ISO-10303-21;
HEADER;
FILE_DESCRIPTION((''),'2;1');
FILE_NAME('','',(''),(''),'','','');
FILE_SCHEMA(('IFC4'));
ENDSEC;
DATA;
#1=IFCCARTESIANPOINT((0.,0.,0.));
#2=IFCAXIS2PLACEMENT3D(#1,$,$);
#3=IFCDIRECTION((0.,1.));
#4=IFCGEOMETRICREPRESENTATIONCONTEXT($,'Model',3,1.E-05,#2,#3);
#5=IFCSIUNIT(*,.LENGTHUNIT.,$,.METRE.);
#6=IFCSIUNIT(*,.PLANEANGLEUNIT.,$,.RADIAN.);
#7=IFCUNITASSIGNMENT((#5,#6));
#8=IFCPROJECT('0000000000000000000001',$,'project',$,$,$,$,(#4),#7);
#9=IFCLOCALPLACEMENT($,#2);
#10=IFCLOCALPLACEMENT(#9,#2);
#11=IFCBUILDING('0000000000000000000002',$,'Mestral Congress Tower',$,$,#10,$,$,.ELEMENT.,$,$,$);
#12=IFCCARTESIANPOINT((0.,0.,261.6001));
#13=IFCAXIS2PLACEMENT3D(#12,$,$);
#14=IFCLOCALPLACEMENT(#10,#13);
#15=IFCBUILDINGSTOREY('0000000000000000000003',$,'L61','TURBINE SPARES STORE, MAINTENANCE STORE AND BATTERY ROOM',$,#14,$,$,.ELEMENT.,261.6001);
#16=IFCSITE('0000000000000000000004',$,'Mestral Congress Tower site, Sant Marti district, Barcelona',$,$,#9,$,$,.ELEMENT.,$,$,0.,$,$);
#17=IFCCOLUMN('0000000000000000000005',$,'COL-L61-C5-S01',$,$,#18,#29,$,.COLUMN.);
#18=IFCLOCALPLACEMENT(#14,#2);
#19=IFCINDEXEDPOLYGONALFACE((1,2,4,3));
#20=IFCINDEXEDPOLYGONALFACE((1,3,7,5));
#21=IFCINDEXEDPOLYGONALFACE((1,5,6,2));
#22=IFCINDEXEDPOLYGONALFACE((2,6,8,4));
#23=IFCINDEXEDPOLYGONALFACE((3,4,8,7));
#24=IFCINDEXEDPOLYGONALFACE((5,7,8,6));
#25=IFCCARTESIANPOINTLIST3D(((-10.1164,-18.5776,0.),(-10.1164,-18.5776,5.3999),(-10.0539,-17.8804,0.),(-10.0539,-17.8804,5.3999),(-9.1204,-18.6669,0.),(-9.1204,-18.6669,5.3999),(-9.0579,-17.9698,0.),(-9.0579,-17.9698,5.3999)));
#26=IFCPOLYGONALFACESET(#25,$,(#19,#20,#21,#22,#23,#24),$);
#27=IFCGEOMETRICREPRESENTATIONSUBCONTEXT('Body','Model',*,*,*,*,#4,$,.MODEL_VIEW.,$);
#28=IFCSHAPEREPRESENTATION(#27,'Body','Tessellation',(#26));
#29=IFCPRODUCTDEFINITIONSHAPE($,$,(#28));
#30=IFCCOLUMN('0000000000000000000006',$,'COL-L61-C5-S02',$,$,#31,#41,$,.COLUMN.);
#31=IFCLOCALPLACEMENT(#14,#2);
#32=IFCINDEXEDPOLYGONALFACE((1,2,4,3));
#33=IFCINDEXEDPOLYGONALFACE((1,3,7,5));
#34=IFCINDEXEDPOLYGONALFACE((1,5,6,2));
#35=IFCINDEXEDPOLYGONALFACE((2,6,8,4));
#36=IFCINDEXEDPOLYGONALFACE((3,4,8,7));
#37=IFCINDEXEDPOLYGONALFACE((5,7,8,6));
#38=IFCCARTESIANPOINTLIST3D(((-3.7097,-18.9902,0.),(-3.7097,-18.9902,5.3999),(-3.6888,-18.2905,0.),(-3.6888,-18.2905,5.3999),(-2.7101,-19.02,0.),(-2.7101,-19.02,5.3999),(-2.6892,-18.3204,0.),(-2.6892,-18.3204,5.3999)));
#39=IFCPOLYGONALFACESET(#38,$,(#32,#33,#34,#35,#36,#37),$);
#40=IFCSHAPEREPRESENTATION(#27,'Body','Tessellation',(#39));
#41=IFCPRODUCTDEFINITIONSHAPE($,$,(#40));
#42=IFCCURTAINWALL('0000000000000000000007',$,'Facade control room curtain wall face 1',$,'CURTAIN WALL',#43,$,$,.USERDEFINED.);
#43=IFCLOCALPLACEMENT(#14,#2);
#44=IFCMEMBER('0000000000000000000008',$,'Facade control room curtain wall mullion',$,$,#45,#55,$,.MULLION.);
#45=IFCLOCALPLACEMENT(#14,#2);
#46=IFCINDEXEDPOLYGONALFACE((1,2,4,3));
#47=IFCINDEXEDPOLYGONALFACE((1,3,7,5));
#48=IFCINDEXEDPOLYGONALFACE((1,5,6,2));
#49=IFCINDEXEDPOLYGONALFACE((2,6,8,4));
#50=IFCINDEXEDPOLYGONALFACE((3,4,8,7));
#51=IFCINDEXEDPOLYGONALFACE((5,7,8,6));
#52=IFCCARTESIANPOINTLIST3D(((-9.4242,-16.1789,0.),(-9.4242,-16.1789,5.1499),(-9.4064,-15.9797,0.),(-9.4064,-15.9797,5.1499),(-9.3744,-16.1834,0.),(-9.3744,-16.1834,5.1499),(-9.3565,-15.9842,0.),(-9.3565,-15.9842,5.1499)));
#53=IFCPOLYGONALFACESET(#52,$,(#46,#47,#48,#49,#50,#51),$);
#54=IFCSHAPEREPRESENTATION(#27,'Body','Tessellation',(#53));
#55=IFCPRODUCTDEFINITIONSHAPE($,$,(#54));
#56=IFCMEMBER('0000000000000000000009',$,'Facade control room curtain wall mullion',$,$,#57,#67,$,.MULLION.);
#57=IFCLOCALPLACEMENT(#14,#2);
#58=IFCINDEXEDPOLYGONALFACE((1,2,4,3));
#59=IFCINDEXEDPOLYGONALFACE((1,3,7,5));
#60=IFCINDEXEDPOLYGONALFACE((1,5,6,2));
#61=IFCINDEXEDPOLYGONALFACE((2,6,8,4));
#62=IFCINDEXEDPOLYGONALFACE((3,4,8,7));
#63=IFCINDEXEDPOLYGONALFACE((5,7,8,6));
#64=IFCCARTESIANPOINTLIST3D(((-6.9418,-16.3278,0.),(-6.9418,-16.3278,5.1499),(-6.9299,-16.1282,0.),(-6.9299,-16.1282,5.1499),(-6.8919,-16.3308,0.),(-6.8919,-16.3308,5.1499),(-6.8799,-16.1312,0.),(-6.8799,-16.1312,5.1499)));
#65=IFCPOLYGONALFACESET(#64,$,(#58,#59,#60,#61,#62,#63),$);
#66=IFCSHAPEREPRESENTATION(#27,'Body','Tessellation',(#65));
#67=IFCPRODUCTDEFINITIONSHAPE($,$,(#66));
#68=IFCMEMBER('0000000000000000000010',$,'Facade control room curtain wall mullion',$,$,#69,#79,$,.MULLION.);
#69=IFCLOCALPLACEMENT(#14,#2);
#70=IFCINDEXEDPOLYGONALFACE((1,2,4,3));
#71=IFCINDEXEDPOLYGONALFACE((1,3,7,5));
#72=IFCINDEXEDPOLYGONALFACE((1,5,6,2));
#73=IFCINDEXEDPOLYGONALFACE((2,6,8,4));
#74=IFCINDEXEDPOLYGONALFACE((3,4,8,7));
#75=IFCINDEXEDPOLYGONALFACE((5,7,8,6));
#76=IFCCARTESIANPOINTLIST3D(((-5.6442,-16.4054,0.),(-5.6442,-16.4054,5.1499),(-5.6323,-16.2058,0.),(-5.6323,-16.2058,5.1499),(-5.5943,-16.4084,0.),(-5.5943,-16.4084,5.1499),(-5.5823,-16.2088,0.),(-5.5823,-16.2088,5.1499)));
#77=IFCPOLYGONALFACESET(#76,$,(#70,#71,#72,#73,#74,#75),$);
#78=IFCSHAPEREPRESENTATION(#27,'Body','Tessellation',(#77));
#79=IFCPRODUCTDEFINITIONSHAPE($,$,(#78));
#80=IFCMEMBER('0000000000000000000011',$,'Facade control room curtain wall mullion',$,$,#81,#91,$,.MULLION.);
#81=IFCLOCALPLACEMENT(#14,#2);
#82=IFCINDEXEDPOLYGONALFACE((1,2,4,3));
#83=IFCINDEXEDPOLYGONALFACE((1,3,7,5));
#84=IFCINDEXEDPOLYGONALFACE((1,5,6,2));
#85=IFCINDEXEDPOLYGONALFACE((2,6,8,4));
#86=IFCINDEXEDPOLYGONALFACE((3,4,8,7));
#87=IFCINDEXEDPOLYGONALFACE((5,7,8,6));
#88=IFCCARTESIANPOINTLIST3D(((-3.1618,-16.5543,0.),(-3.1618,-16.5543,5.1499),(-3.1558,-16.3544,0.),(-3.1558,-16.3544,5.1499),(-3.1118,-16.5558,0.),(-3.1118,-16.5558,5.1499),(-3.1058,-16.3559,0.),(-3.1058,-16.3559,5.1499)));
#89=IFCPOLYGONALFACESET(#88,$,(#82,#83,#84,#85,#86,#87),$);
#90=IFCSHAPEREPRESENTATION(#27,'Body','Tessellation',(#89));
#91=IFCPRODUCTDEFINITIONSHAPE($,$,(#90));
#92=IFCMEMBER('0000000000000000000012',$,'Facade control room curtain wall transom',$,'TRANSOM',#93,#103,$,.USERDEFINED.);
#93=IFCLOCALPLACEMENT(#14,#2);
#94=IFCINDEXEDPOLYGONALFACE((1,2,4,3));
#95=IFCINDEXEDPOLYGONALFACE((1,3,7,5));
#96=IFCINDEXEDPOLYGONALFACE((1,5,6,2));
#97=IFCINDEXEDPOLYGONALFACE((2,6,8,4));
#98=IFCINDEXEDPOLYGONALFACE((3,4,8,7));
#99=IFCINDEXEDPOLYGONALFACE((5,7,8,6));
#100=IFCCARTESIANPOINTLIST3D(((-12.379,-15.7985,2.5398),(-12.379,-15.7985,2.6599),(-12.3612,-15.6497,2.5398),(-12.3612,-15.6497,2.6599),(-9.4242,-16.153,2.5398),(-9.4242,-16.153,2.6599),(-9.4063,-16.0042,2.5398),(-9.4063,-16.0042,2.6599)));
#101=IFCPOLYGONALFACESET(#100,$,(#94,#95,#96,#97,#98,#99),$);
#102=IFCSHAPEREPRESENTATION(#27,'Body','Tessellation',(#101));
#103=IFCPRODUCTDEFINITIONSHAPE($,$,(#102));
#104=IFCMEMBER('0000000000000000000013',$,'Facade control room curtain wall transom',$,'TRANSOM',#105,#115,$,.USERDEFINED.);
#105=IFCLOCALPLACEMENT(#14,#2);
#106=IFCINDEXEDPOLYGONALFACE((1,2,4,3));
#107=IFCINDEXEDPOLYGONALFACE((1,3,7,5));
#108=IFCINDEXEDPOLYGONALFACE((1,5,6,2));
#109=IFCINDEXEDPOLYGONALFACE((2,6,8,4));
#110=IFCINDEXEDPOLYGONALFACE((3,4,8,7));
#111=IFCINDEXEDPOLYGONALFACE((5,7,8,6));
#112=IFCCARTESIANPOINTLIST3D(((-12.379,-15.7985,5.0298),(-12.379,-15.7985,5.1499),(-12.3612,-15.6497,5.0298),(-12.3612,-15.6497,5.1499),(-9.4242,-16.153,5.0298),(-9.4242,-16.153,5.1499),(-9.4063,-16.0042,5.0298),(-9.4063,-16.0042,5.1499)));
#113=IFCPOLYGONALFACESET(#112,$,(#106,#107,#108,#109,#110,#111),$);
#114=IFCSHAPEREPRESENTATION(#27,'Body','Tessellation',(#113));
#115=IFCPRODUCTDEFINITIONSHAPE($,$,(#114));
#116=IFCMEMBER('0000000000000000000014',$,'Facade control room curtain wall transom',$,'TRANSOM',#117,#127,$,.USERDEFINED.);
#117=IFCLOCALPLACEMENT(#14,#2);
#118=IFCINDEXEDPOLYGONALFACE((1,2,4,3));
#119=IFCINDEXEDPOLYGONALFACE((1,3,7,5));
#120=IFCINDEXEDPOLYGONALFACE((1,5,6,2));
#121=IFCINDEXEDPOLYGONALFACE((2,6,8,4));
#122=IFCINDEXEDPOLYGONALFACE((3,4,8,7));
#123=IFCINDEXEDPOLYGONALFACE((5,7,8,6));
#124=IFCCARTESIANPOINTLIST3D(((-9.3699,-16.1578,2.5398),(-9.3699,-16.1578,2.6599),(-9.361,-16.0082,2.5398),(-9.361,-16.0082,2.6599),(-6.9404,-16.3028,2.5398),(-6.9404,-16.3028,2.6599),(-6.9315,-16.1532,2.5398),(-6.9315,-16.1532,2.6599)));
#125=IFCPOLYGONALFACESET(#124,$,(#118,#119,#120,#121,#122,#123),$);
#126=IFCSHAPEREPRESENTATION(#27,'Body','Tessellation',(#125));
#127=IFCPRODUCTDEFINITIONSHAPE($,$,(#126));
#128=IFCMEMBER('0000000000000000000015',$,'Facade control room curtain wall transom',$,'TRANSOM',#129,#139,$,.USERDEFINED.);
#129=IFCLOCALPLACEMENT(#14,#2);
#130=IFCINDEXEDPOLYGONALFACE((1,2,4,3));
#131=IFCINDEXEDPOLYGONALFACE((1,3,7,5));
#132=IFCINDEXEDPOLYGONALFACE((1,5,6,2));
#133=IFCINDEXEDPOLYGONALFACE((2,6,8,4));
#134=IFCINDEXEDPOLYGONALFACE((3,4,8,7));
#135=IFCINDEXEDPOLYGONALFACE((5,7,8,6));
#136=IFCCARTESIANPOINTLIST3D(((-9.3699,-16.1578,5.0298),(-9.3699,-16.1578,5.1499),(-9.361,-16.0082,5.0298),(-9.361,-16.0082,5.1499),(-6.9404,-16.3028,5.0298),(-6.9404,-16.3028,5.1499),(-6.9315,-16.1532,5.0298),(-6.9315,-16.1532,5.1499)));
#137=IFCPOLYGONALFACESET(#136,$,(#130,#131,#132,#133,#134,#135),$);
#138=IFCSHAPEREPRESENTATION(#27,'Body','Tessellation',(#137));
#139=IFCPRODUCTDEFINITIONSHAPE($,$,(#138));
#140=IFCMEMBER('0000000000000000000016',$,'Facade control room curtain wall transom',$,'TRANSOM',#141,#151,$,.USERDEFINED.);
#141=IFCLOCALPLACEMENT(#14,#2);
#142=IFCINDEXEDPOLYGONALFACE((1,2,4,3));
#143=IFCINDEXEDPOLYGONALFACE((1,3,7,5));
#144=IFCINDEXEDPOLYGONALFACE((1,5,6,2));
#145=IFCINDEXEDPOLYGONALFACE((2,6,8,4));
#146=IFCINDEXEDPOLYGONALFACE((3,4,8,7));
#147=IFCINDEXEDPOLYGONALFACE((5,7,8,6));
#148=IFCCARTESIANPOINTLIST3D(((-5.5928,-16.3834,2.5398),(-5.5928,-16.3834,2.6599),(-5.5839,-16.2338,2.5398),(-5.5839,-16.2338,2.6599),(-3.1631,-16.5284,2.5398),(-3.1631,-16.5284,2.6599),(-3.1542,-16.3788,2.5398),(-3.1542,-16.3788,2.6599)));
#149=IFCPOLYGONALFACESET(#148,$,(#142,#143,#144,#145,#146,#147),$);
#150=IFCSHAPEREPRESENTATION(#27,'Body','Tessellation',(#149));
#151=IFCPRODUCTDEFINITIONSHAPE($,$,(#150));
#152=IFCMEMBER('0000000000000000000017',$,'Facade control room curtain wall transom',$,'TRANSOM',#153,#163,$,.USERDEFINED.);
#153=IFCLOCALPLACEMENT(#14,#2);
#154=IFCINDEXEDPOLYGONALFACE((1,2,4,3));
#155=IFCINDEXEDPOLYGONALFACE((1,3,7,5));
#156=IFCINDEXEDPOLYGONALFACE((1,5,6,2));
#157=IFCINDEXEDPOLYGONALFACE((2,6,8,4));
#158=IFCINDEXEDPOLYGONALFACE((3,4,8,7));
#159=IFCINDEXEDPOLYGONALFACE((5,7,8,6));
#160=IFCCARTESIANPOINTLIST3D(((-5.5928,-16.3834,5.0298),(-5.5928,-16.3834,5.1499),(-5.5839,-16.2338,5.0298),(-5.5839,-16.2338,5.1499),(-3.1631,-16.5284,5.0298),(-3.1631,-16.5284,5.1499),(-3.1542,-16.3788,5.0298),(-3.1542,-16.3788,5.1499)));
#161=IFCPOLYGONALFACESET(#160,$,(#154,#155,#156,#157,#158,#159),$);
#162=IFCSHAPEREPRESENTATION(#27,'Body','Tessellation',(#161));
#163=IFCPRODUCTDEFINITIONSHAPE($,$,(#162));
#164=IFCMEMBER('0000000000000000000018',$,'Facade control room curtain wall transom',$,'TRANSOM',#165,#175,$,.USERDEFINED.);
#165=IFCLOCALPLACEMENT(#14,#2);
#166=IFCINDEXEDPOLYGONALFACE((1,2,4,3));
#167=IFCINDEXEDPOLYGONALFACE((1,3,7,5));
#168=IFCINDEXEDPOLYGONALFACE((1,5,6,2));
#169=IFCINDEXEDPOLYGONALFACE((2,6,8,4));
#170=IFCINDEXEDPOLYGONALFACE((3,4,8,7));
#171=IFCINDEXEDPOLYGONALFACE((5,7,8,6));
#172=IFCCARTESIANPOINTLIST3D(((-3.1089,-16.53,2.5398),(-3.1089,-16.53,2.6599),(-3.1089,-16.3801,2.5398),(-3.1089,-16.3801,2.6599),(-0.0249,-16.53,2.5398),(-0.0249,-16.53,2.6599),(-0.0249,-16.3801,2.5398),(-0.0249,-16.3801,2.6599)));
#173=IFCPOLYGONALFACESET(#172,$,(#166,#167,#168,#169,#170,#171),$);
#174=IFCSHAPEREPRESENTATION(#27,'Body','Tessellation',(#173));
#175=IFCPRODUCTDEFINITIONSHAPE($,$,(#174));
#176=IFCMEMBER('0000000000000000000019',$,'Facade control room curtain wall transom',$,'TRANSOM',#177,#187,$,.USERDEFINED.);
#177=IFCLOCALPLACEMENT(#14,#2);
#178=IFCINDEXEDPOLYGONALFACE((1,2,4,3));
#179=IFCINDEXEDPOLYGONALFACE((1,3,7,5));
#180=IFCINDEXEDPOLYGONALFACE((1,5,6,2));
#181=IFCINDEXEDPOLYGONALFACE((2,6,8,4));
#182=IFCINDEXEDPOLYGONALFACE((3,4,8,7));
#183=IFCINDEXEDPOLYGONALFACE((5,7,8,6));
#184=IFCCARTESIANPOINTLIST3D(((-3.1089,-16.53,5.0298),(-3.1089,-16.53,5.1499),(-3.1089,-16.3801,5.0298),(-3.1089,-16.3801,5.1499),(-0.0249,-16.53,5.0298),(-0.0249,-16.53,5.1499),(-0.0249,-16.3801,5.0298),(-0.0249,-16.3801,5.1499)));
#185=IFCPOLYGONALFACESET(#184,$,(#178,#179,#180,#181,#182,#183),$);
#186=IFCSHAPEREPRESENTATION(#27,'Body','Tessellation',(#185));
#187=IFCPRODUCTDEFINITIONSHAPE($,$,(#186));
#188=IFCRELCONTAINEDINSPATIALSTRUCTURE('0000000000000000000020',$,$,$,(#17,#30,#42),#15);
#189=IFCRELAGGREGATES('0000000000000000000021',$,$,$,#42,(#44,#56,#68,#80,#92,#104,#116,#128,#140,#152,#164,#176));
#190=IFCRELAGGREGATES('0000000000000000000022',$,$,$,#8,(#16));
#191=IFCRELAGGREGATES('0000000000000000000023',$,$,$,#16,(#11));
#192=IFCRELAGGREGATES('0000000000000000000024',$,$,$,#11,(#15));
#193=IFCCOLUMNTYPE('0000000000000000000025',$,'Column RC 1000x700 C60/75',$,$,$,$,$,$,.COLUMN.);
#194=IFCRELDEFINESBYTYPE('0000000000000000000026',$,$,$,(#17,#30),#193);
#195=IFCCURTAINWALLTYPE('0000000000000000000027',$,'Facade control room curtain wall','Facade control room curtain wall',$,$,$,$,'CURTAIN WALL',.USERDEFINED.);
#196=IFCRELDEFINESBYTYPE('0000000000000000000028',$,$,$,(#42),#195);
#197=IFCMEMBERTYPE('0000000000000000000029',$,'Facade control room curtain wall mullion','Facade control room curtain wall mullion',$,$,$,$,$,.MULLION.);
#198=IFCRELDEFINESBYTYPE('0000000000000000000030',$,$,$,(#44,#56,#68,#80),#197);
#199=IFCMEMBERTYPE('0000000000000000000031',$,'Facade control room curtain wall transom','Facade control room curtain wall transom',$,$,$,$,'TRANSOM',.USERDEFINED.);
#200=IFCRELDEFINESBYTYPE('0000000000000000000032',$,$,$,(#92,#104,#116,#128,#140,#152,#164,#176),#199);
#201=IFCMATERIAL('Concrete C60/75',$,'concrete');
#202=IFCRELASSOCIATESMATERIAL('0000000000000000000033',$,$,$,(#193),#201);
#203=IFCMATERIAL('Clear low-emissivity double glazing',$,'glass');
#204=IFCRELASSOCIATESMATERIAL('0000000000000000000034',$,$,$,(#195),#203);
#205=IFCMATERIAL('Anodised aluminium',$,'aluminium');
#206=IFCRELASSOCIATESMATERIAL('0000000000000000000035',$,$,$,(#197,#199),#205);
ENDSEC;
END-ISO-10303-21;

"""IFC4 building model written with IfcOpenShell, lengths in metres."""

from ifc_helpers import new_model, si_unit, direction, frame, origin, origin_2d, place, context, subcontext, project, spatial, rectangle, extrude, material, material_profile, profile_set, type_object, element, aggregate, save


model = new_model("IFC4")

# Units and contexts
model_context = context("Model", 3, precision=1e-05, world=origin(), true_north=direction((0.0, 1.0)))
body_context = subcontext(model_context, "Body", "Model", "MODEL_VIEW")
ifc_project = project(units=[si_unit("LENGTHUNIT", "METRE"), si_unit("PLANEANGLEUNIT", "RADIAN")], contexts=[model_context])

# Site, building, storey
site_placement = place(None, origin())
site = spatial("IfcSite", under=ifc_project, at=site_placement, Name="Mestral Congress Tower site, Sant Marti district, Barcelona", CompositionType="ELEMENT", RefElevation=0.0)
building_placement = place(site_placement, origin())
building = spatial("IfcBuilding", under=site, at=building_placement, Name="Mestral Congress Tower", CompositionType="ELEMENT")
storey_placement = place(building_placement, frame((0.0, 0.0, 261.6001)))
storey = spatial("IfcBuildingStorey", under=building, at=storey_placement, Name="L61", Description="TURBINE SPARES STORE, MAINTENANCE STORE AND BATTERY ROOM", CompositionType="ELEMENT", Elevation=261.6001)

# Columns
ifc_material_1 = material(Name="Concrete C60/75", Category="concrete")
ifc_material_profile_1 = material_profile(ifc_material_1, rectangle(XDim=1.0, YDim=0.7, at=origin_2d()), Name="RC 1000x700")
ifc_profile_set_1 = profile_set([ifc_material_profile_1], Name="Concrete C60/75")
column_type = type_object("IfcColumnType", Name="Column RC 1000x700 C60/75", PredefinedType="COLUMN", material=ifc_profile_set_1)
for number, where, z_axis, x_axis, name in (
    (1, (-9.5872, -18.2737, 0.0), (0.0, 0.0, 1.0), (0.995998, -0.089378, 0.0), "COL-L61-C5-S01"),
    (2, (-3.1995, -18.6553, 0.0), (0.0, 0.0, 1.0), (0.999555, -0.029828, 0.0), "COL-L61-C5-S02"),
):
    element("IfcColumn", number, at=place(storey_placement, frame(where, z_axis=z_axis, x_axis=x_axis)), inside=storey, type_object=column_type, Name=name, PredefinedType="COLUMN", context=body_context, shape_type="SweptSolid", body=[
        extrude(rectangle(XDim=1.0, YDim=0.7, at=origin_2d()), origin(), (0.0, 0.0, 1.0), 5.3999),
    ])

# Curtain wall, members
ifc_material_2 = material(Name="Clear low-emissivity double glazing", Category="glass")
curtain_wall_type = type_object("IfcCurtainWallType", Name="Facade control room curtain wall", Description="Facade control room curtain wall", ElementType="CURTAIN WALL", PredefinedType="USERDEFINED", material=ifc_material_2)
curtain_wall_placement = place(storey_placement, origin())
curtain_wall = element("IfcCurtainWall", 3, at=curtain_wall_placement, inside=storey, type_object=curtain_wall_type, Name="Facade control room curtain wall face 1", ObjectType="CURTAIN WALL", PredefinedType="USERDEFINED")
ifc_material_3 = material(Name="Anodised aluminium", Category="aluminium")
ifc_material_profile_2 = material_profile(ifc_material_3, rectangle(XDim=0.2, YDim=0.05, at=origin_2d()), Name="CW5 mullion 200 x 50")
ifc_profile_set_2 = profile_set([ifc_material_profile_2], Name="Anodised aluminium")
member_type_1 = type_object("IfcMemberType", Name="Facade control room curtain wall mullion", Description="Facade control room curtain wall mullion", PredefinedType="MULLION", material=ifc_profile_set_2)
member_1_placement = place(storey_placement, frame((-9.3904, -16.0815, 0.0), z_axis=(0.0, 0.0, 1.0), x_axis=(-0.089378, -0.995998, 0.0)))
member_1 = element("IfcMember", 4, at=member_1_placement, type_object=member_type_1, Name="Facade control room curtain wall mullion", PredefinedType="MULLION", context=body_context, shape_type="SweptSolid", body=[
    extrude(rectangle(XDim=0.2, YDim=0.05, at=origin_2d()), origin(), (0.0, 0.0, 1.0), 5.1499),
])
member_2_placement = place(storey_placement, frame((-6.9109, -16.2295, 0.0), z_axis=(0.0, 0.0, 1.0), x_axis=(-0.059629, -0.998221, 0.0)))
member_2 = element("IfcMember", 5, at=member_2_placement, type_object=member_type_1, Name="Facade control room curtain wall mullion", PredefinedType="MULLION", context=body_context, shape_type="SweptSolid", body=[
    extrude(rectangle(XDim=0.2, YDim=0.05, at=origin_2d()), origin(), (0.0, 0.0, 1.0), 5.1499),
])
member_3_placement = place(storey_placement, frame((-5.6133, -16.3071, 0.0), z_axis=(0.0, 0.0, 1.0), x_axis=(-0.059629, -0.998221, 0.0)))
member_3 = element("IfcMember", 6, at=member_3_placement, type_object=member_type_1, Name="Facade control room curtain wall mullion", PredefinedType="MULLION", context=body_context, shape_type="SweptSolid", body=[
    extrude(rectangle(XDim=0.2, YDim=0.05, at=origin_2d()), origin(), (0.0, 0.0, 1.0), 5.1499),
])
member_4_placement = place(storey_placement, frame((-3.1338, -16.4551, 0.0), z_axis=(0.0, 0.0, 1.0), x_axis=(-0.029828, -0.999555, 0.0)))
member_4 = element("IfcMember", 7, at=member_4_placement, type_object=member_type_1, Name="Facade control room curtain wall mullion", PredefinedType="MULLION", context=body_context, shape_type="SweptSolid", body=[
    extrude(rectangle(XDim=0.2, YDim=0.05, at=origin_2d()), origin(), (0.0, 0.0, 1.0), 5.1499),
])
ifc_material_profile_3 = material_profile(ifc_material_3, rectangle(XDim=0.1499, YDim=0.1201, at=origin_2d()), Name="CW5 transom 150 x 120")
ifc_profile_set_3 = profile_set([ifc_material_profile_3], Name="Anodised aluminium")
member_type_2 = type_object("IfcMemberType", Name="Facade control room curtain wall transom", Description="Facade control room curtain wall transom", ElementType="TRANSOM", PredefinedType="USERDEFINED", material=ifc_profile_set_3)
member_5_placement = place(storey_placement, frame((-12.3701, -15.7241, 2.5999), z_axis=(0.99288, -0.119116, 0.0), x_axis=(0.119116, 0.99288, 0.0)))
member_5 = element("IfcMember", 8, at=member_5_placement, type_object=member_type_2, Name="Facade control room curtain wall transom", ObjectType="TRANSOM", PredefinedType="USERDEFINED", context=body_context, shape_type="SweptSolid", body=[
    extrude(rectangle(XDim=0.1499, YDim=0.1201, at=origin_2d()), origin(), (0.0, 0.0, 1.0), 2.9761),
])
member_6_placement = place(storey_placement, frame((-12.3701, -15.7241, 5.0898), z_axis=(0.99288, -0.119116, 0.0), x_axis=(0.119116, 0.99288, 0.0)))
member_6 = element("IfcMember", 9, at=member_6_placement, type_object=member_type_2, Name="Facade control room curtain wall transom", ObjectType="TRANSOM", PredefinedType="USERDEFINED", context=body_context, shape_type="SweptSolid", body=[
    extrude(rectangle(XDim=0.1499, YDim=0.1201, at=origin_2d()), origin(), (0.0, 0.0, 1.0), 2.9761),
])
member_7_placement = place(storey_placement, frame((-9.3655, -16.083, 2.5999), z_axis=(0.998223, -0.059586, 0.0), x_axis=(0.059586, 0.998223, 0.0)))
member_7 = element("IfcMember", 10, at=member_7_placement, type_object=member_type_2, Name="Facade control room curtain wall transom", ObjectType="TRANSOM", PredefinedType="USERDEFINED", context=body_context, shape_type="SweptSolid", body=[
    extrude(rectangle(XDim=0.1499, YDim=0.1201, at=origin_2d()), origin(), (0.0, 0.0, 1.0), 2.4338),
])
member_8_placement = place(storey_placement, frame((-9.3655, -16.083, 5.0898), z_axis=(0.998223, -0.059586, 0.0), x_axis=(0.059586, 0.998223, 0.0)))
member_8 = element("IfcMember", 11, at=member_8_placement, type_object=member_type_2, Name="Facade control room curtain wall transom", ObjectType="TRANSOM", PredefinedType="USERDEFINED", context=body_context, shape_type="SweptSolid", body=[
    extrude(rectangle(XDim=0.1499, YDim=0.1201, at=origin_2d()), origin(), (0.0, 0.0, 1.0), 2.4338),
])
member_9_placement = place(storey_placement, frame((-5.5884, -16.3086, 2.5999), z_axis=(0.998224, -0.05958, 0.0), x_axis=(0.05958, 0.998224, 0.0)))
member_9 = element("IfcMember", 12, at=member_9_placement, type_object=member_type_2, Name="Facade control room curtain wall transom", ObjectType="TRANSOM", PredefinedType="USERDEFINED", context=body_context, shape_type="SweptSolid", body=[
    extrude(rectangle(XDim=0.1499, YDim=0.1201, at=origin_2d()), origin(), (0.0, 0.0, 1.0), 2.4341),
])
member_10_placement = place(storey_placement, frame((-5.5884, -16.3086, 5.0898), z_axis=(0.998224, -0.05958, 0.0), x_axis=(0.05958, 0.998224, 0.0)))
member_10 = element("IfcMember", 13, at=member_10_placement, type_object=member_type_2, Name="Facade control room curtain wall transom", ObjectType="TRANSOM", PredefinedType="USERDEFINED", context=body_context, shape_type="SweptSolid", body=[
    extrude(rectangle(XDim=0.1499, YDim=0.1201, at=origin_2d()), origin(), (0.0, 0.0, 1.0), 2.4341),
])
member_11_placement = place(storey_placement, frame((-3.1089, -16.4551, 2.5999), z_axis=(1.0, 0.0, 0.0), x_axis=(0.0, 1.0, 0.0)))
member_11 = element("IfcMember", 14, at=member_11_placement, type_object=member_type_2, Name="Facade control room curtain wall transom", ObjectType="TRANSOM", PredefinedType="USERDEFINED", context=body_context, shape_type="SweptSolid", body=[
    extrude(rectangle(XDim=0.1499, YDim=0.1201, at=origin_2d()), origin(), (0.0, 0.0, 1.0), 3.084),
])
member_12_placement = place(storey_placement, frame((-3.1089, -16.4551, 5.0898), z_axis=(1.0, 0.0, 0.0), x_axis=(0.0, 1.0, 0.0)))
member_12 = element("IfcMember", 15, at=member_12_placement, type_object=member_type_2, Name="Facade control room curtain wall transom", ObjectType="TRANSOM", PredefinedType="USERDEFINED", context=body_context, shape_type="SweptSolid", body=[
    extrude(rectangle(XDim=0.1499, YDim=0.1201, at=origin_2d()), origin(), (0.0, 0.0, 1.0), 3.084),
])

aggregate(curtain_wall, [member_1, member_2, member_3, member_4, member_5, member_6, member_7, member_8, member_9, member_10, member_11, member_12])

save(model, "model.ifc")
